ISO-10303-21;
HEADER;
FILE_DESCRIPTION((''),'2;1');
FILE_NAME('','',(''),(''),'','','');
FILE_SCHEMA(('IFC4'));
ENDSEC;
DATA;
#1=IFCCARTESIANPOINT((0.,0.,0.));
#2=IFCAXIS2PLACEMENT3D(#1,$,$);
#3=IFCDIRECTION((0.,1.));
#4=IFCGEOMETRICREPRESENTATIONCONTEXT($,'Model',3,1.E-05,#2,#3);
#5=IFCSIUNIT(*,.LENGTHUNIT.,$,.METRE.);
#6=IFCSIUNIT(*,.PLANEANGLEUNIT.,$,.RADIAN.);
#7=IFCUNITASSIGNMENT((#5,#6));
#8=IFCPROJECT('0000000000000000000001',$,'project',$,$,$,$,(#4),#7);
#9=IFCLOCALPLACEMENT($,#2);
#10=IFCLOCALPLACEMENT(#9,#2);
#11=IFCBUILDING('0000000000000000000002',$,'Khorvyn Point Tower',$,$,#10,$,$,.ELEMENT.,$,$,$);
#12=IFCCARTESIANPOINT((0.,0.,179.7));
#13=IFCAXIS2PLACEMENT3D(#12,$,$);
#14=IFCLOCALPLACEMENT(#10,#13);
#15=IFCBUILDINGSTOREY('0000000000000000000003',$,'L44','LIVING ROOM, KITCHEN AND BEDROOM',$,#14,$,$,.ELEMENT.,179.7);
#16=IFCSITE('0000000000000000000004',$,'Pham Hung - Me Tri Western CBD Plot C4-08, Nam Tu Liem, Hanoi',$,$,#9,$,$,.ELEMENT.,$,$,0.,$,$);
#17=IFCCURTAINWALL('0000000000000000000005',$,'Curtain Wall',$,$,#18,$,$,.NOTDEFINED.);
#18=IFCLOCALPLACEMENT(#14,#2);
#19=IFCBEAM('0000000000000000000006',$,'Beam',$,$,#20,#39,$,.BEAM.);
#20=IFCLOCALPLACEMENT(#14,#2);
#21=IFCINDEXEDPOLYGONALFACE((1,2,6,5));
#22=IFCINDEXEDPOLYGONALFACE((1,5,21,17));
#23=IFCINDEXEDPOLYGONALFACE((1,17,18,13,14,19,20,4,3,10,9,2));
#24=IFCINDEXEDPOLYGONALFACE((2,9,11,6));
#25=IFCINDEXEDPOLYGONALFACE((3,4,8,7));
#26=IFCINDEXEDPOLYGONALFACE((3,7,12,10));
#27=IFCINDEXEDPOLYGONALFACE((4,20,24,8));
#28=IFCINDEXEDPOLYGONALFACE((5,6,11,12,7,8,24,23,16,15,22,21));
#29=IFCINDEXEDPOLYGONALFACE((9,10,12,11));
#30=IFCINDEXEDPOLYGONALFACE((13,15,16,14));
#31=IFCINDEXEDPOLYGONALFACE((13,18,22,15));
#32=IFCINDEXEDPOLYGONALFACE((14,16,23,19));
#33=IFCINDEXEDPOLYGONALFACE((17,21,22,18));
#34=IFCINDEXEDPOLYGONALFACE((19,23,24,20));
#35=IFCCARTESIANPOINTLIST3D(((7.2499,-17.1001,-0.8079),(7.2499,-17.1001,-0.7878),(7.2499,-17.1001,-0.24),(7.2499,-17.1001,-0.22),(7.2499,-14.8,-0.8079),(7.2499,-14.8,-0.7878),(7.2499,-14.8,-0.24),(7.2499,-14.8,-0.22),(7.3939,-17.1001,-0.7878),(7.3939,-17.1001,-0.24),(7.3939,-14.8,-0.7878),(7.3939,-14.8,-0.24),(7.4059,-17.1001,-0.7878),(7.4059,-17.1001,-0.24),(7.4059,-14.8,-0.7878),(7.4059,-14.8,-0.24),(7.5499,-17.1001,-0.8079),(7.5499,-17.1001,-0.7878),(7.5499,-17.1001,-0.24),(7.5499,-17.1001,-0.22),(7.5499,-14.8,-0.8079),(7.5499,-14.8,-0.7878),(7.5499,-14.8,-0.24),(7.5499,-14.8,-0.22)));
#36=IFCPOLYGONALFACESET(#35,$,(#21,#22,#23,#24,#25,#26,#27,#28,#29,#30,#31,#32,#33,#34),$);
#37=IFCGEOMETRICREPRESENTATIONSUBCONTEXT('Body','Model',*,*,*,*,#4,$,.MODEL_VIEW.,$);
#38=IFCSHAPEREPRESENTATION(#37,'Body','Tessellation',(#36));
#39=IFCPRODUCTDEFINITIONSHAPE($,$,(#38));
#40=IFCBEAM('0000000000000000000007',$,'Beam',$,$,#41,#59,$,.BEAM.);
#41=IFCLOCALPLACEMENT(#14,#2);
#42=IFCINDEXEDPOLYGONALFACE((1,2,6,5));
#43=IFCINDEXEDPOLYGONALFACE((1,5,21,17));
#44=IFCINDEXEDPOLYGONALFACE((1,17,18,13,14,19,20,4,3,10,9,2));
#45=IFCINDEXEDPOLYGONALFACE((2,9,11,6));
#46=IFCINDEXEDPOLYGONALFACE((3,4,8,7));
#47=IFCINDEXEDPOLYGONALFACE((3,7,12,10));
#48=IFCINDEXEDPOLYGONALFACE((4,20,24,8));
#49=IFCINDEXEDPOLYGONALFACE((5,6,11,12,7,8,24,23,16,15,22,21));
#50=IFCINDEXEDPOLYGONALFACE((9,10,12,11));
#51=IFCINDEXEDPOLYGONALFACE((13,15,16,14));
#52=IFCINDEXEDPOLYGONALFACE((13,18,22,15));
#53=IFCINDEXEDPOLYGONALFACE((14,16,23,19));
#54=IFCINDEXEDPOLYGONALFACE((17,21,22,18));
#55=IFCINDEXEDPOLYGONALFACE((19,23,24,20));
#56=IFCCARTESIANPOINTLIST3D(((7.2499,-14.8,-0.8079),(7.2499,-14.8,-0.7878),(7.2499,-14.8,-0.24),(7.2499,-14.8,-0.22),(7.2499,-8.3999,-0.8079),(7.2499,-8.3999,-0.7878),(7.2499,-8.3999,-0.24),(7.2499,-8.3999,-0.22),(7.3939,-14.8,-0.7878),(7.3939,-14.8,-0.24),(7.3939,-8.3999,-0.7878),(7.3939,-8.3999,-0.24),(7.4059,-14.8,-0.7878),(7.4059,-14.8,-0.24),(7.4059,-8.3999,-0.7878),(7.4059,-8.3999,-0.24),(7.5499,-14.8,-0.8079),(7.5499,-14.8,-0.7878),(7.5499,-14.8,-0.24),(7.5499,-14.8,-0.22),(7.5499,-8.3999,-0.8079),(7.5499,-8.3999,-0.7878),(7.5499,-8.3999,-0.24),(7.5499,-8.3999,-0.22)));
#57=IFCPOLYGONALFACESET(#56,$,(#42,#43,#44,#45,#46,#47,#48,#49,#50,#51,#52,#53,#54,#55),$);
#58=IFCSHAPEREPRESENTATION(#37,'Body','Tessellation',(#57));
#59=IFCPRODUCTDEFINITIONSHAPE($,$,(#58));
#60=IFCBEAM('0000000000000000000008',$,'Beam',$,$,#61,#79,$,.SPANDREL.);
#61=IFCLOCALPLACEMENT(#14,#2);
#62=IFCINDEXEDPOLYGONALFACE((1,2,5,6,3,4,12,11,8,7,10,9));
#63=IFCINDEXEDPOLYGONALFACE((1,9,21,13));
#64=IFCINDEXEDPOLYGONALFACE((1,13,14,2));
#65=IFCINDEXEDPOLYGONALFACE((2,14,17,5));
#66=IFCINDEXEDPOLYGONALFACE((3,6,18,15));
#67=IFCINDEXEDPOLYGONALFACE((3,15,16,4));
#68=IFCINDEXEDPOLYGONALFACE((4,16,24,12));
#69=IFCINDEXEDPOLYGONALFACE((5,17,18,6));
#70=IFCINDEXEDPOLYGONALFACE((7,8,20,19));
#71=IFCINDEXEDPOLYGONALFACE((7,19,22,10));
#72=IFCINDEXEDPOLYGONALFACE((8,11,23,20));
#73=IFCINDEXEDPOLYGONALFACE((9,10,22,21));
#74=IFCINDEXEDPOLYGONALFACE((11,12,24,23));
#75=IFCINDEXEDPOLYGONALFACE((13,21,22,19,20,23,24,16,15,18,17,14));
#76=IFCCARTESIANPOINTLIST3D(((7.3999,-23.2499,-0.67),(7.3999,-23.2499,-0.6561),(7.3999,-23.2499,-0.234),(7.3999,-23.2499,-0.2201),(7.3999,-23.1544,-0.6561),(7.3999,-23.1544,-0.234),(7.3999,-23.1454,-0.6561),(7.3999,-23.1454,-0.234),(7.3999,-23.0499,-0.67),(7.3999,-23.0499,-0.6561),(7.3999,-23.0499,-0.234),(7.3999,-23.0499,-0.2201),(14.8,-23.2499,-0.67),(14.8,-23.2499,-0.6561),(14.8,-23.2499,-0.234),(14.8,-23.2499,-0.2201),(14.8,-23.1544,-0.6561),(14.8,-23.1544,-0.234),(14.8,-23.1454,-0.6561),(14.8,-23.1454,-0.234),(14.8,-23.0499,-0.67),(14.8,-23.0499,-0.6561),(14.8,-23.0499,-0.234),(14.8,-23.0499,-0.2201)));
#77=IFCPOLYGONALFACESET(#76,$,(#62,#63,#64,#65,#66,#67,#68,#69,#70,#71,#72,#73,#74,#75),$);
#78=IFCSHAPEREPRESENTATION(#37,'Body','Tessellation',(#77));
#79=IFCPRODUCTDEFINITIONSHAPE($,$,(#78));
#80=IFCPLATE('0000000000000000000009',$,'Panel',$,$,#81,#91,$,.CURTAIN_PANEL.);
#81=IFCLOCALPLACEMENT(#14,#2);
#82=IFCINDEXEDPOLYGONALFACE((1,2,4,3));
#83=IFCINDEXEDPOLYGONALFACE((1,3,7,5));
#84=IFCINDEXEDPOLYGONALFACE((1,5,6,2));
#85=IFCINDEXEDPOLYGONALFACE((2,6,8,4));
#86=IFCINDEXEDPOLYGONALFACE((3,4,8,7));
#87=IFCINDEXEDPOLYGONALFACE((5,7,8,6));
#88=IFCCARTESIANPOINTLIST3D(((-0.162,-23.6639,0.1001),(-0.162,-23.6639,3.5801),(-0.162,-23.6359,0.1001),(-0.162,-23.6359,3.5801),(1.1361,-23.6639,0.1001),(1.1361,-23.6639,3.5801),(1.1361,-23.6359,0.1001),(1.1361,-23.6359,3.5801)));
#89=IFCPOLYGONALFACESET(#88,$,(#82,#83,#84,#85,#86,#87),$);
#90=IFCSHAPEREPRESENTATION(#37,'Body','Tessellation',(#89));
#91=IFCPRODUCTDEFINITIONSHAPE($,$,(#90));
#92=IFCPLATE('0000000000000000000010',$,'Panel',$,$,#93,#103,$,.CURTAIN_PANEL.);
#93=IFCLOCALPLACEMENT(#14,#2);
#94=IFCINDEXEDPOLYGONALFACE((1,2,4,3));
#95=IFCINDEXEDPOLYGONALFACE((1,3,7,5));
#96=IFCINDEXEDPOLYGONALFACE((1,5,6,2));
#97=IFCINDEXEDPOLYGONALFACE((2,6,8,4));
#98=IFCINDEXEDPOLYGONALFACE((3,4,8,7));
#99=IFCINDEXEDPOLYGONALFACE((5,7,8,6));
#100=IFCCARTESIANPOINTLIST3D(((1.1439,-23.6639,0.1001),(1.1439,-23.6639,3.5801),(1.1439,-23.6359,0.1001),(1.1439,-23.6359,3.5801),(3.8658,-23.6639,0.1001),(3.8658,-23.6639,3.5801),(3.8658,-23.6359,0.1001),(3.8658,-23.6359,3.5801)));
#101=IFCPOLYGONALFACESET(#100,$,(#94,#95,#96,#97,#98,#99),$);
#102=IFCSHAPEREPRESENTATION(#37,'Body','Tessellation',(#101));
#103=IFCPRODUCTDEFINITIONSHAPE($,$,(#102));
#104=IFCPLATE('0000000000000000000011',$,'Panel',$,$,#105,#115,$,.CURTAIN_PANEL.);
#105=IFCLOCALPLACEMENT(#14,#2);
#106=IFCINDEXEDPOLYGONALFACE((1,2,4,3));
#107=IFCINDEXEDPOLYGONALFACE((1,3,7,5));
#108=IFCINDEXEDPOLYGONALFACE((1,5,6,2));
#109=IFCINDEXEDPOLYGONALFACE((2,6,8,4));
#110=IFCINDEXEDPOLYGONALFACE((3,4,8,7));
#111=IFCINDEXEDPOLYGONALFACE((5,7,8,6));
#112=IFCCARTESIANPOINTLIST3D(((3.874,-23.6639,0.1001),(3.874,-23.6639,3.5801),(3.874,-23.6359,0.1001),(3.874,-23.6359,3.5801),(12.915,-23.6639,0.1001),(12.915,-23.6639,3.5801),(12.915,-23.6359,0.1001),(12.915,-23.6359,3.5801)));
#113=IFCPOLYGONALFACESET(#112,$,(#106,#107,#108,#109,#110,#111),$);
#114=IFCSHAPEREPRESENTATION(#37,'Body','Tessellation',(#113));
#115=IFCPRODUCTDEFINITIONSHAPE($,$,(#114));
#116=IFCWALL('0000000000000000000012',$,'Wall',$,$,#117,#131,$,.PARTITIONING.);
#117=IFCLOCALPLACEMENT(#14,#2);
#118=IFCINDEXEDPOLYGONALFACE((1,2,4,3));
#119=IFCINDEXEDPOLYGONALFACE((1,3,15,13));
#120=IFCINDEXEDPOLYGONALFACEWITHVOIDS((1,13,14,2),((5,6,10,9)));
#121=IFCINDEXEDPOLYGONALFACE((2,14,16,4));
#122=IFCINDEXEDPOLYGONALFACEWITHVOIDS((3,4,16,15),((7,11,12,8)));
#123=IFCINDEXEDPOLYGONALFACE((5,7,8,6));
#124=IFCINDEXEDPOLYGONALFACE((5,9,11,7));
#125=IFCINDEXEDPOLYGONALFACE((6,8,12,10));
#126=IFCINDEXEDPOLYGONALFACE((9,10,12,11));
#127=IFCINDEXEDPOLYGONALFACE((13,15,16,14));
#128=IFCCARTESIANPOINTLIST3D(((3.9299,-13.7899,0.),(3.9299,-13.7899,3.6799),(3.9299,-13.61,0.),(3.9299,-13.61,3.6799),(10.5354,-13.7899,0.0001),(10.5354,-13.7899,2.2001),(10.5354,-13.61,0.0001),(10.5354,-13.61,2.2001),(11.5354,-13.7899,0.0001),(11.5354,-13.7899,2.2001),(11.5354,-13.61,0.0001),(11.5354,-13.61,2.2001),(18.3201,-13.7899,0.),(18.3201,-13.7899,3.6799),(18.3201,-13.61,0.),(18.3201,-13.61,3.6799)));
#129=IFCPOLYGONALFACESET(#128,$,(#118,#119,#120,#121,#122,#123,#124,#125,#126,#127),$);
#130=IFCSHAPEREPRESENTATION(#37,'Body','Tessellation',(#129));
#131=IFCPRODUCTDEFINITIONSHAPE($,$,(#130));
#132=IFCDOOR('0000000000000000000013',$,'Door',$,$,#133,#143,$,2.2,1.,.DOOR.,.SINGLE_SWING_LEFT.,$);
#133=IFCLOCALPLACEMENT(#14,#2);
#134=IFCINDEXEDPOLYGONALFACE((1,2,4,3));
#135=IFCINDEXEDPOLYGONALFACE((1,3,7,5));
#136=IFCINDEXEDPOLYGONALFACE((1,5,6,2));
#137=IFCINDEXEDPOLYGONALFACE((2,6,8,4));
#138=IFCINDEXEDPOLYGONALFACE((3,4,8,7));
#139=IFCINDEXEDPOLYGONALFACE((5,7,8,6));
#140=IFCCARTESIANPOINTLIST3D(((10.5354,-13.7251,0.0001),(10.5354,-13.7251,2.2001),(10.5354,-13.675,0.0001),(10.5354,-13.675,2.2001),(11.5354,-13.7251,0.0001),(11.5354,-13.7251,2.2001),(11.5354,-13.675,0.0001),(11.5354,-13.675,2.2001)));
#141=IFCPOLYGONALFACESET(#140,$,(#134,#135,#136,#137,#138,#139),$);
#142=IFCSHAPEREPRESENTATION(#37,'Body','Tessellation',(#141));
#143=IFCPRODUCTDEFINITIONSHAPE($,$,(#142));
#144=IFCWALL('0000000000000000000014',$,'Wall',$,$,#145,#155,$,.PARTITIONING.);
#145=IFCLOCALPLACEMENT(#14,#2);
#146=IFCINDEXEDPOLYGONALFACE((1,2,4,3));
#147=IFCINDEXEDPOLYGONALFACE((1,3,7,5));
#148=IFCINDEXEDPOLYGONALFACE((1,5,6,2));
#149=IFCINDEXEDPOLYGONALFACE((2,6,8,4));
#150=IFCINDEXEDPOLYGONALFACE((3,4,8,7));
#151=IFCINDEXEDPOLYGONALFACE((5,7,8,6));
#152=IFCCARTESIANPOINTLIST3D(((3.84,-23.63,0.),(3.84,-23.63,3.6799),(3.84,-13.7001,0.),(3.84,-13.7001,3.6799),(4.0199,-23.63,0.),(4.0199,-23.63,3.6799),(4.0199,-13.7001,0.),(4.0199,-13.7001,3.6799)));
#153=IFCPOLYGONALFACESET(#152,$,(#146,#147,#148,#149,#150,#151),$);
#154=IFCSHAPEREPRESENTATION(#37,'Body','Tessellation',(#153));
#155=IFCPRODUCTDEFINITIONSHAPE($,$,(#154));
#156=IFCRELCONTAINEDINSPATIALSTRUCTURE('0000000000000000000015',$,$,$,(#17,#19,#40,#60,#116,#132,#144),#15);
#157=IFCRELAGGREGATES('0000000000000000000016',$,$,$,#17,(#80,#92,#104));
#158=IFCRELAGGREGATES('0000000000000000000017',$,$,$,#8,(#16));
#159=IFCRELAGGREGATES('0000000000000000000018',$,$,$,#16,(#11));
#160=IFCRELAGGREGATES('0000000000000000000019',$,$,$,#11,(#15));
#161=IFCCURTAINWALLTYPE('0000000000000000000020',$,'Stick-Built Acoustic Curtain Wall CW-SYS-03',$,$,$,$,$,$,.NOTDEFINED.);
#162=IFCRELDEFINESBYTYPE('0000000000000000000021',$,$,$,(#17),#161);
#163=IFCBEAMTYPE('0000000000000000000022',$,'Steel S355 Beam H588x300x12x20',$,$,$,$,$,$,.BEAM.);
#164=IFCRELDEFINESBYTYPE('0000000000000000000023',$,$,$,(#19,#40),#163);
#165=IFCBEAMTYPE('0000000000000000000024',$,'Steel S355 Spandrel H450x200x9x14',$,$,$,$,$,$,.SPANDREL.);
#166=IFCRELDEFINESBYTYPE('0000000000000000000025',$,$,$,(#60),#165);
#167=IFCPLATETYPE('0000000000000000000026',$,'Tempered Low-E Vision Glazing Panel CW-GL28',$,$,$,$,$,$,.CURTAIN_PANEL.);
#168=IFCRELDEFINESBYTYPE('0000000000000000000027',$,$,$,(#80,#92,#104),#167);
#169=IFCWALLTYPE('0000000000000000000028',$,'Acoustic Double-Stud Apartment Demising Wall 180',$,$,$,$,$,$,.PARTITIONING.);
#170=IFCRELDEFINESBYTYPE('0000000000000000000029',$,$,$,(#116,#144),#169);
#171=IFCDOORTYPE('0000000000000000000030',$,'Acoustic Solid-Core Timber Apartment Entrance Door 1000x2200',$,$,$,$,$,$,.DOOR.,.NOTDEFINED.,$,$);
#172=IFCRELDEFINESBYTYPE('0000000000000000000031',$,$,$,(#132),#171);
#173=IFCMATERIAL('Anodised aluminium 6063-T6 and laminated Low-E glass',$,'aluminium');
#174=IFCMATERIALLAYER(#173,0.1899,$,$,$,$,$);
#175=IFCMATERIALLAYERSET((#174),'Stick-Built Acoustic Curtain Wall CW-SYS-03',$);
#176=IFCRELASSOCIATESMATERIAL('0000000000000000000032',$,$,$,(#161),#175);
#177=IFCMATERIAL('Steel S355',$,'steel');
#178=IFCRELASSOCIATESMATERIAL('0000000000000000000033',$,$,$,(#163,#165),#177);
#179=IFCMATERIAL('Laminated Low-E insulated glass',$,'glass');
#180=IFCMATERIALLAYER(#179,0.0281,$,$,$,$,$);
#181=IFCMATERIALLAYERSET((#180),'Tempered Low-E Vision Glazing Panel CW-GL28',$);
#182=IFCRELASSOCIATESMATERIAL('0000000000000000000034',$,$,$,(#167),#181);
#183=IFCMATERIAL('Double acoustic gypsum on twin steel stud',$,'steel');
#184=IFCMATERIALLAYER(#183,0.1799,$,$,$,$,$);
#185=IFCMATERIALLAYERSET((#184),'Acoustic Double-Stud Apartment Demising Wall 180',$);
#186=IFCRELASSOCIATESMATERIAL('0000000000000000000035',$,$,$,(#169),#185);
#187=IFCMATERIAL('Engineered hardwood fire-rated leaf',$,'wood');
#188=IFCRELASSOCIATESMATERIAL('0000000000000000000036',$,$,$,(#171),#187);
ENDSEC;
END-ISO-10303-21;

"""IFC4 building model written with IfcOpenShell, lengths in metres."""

from ifc_helpers import new_model, si_unit, direction, frame, frame_2d, origin, origin_2d, place, context, subcontext, project, spatial, rectangle, i_section, extrude, material, layer, layer_set, material_profile, profile_set, type_object, element, fill, aggregate, save


model = new_model("IFC4")

# Units and contexts
model_context = context("Model", 3, precision=1e-05, world=origin(), true_north=direction((0.0, 1.0)))
body_context = subcontext(model_context, "Body", "Model", "MODEL_VIEW")
ifc_project = project(units=[si_unit("LENGTHUNIT", "METRE"), si_unit("PLANEANGLEUNIT", "RADIAN")], contexts=[model_context])

# Site, building, storey
site_placement = place(None, origin())
site = spatial("IfcSite", under=ifc_project, at=site_placement, Name="Pham Hung - Me Tri Western CBD Plot C4-08, Nam Tu Liem, Hanoi", CompositionType="ELEMENT", RefElevation=0.0)
building_placement = place(site_placement, origin())
building = spatial("IfcBuilding", under=site, at=building_placement, Name="Khorvyn Point Tower", CompositionType="ELEMENT")
storey_placement = place(building_placement, frame((0.0, 0.0, 179.7)))
storey = spatial("IfcBuildingStorey", under=building, at=storey_placement, Name="L44", Description="LIVING ROOM, KITCHEN AND BEDROOM", CompositionType="ELEMENT", Elevation=179.7)

# Curtain wall
ifc_material_1 = material(Name="Anodised aluminium 6063-T6 and laminated Low-E glass", Category="aluminium")
ifc_layer_1 = layer(ifc_material_1, 0.1899)
ifc_layer_set_1 = layer_set([ifc_layer_1], Name="Stick-Built Acoustic Curtain Wall CW-SYS-03")
curtain_wall_type = type_object("IfcCurtainWallType", Name="Stick-Built Acoustic Curtain Wall CW-SYS-03", PredefinedType="NOTDEFINED", material=ifc_layer_set_1)
curtain_wall_1_placement = place(storey_placement, origin())
curtain_wall_1 = element("IfcCurtainWall", 1, at=curtain_wall_1_placement, inside=storey, type_object=curtain_wall_type, Name="Curtain Wall", PredefinedType="NOTDEFINED")

# Beams
ifc_material_2 = material(Name="Steel S355", Category="steel")
ifc_material_profile_1 = material_profile(ifc_material_2, i_section(OverallWidth=0.3, OverallDepth=0.5879, WebThickness=0.012, FlangeThickness=0.02, at=origin_2d()))
ifc_profile_set_1 = profile_set([ifc_material_profile_1], Name="Steel S355 H588x300x12x20")
beam_type_1 = type_object("IfcBeamType", Name="Steel S355 Beam H588x300x12x20", PredefinedType="BEAM", material=ifc_profile_set_1)
beam_1_placement = place(storey_placement, frame((7.3999, -17.1001, -0.5139), z_axis=(0.0, 1.0, 0.0), x_axis=(-1.0, 0.0, 0.0)))
element("IfcBeam", 2, at=beam_1_placement, inside=storey, type_object=beam_type_1, Name="Beam", PredefinedType="BEAM", context=body_context, shape_type="SweptSolid", body=[
    extrude(i_section(OverallWidth=0.3, OverallDepth=0.5879, WebThickness=0.012, FlangeThickness=0.02, at=origin_2d()), origin(), (0.0, 0.0, 1.0), 2.3),
])
beam_2_placement = place(storey_placement, frame((7.3999, -14.8, -0.5139), z_axis=(0.0, 1.0, 0.0), x_axis=(-1.0, 0.0, 0.0)))
element("IfcBeam", 3, at=beam_2_placement, inside=storey, type_object=beam_type_1, Name="Beam", PredefinedType="BEAM", context=body_context, shape_type="SweptSolid", body=[
    extrude(i_section(OverallWidth=0.3, OverallDepth=0.5879, WebThickness=0.012, FlangeThickness=0.02, at=origin_2d()), origin(), (0.0, 0.0, 1.0), 6.4001),
])
ifc_material_profile_2 = material_profile(ifc_material_2, i_section(OverallWidth=0.2, OverallDepth=0.45, WebThickness=0.009, FlangeThickness=0.0139, at=origin_2d()))
ifc_profile_set_2 = profile_set([ifc_material_profile_2], Name="Steel S355 H450x200x9x14")
beam_type_2 = type_object("IfcBeamType", Name="Steel S355 Spandrel H450x200x9x14", PredefinedType="SPANDREL", material=ifc_profile_set_2)
beam_3_placement = place(storey_placement, frame((7.3999, -23.1499, -0.4451), z_axis=(1.0, 0.0, 0.0), x_axis=(0.0, 1.0, 0.0)))
element("IfcBeam", 4, at=beam_3_placement, inside=storey, type_object=beam_type_2, Name="Beam", PredefinedType="SPANDREL", context=body_context, shape_type="SweptSolid", body=[
    extrude(i_section(OverallWidth=0.2, OverallDepth=0.45, WebThickness=0.009, FlangeThickness=0.0139, at=origin_2d()), origin(), (0.0, 0.0, 1.0), 7.4001),
])

# Plates
ifc_material_3 = material(Name="Laminated Low-E insulated glass", Category="glass")
ifc_layer_2 = layer(ifc_material_3, 0.0281)
ifc_layer_set_2 = layer_set([ifc_layer_2], Name="Tempered Low-E Vision Glazing Panel CW-GL28")
plate_type = type_object("IfcPlateType", Name="Tempered Low-E Vision Glazing Panel CW-GL28", PredefinedType="CURTAIN_PANEL", material=ifc_layer_set_2)
plate_1_placement = place(storey_placement, frame((0.4871, -23.6499, 0.1001), z_axis=(0.0, 0.0, 1.0), x_axis=(-1.0, 0.0, 0.0)))
plate_1 = element("IfcPlate", 5, at=plate_1_placement, type_object=plate_type, Name="Panel", PredefinedType="CURTAIN_PANEL", context=body_context, shape_type="SweptSolid", body=[
    extrude(rectangle(XDim=1.2981, YDim=0.0281, at=origin_2d()), origin(), (0.0, 0.0, 1.0), 3.48),
])
plate_2_placement = place(storey_placement, frame((2.5049, -23.6499, 0.1001), z_axis=(0.0, 0.0, 1.0), x_axis=(-1.0, 0.0, 0.0)))
plate_2 = element("IfcPlate", 6, at=plate_2_placement, type_object=plate_type, Name="Panel", PredefinedType="CURTAIN_PANEL", context=body_context, shape_type="SweptSolid", body=[
    extrude(rectangle(XDim=2.7219, YDim=0.0281, at=origin_2d()), origin(), (0.0, 0.0, 1.0), 3.48),
])
plate_3_placement = place(storey_placement, frame((8.3945, -23.6499, 0.1001), z_axis=(0.0, 0.0, 1.0), x_axis=(-1.0, 0.0, 0.0)))
plate_3 = element("IfcPlate", 7, at=plate_3_placement, type_object=plate_type, Name="Panel", PredefinedType="CURTAIN_PANEL", context=body_context, shape_type="SweptSolid", body=[
    extrude(rectangle(XDim=9.041, YDim=0.0281, at=origin_2d()), origin(), (0.0, 0.0, 1.0), 3.48),
])
aggregate(curtain_wall_1, [plate_1, plate_2, plate_3])

# Wall, opening, door
ifc_material_4 = material(Name="Double acoustic gypsum on twin steel stud", Category="steel")
ifc_layer_3 = layer(ifc_material_4, 0.1799)
ifc_layer_set_3 = layer_set([ifc_layer_3], Name="Acoustic Double-Stud Apartment Demising Wall 180")
wall_type_1 = type_object("IfcWallType", Name="Acoustic Double-Stud Apartment Demising Wall 180", PredefinedType="PARTITIONING", material=ifc_layer_set_3)
wall_1_placement = place(storey_placement, frame((3.9299, -13.7, 0.0), z_axis=(0.0, 0.0, 1.0), x_axis=(1.0, 0.0, 0.0)))
wall_1 = element("IfcWall", 8, at=wall_1_placement, inside=storey, type_object=wall_type_1, Name="Wall", PredefinedType="PARTITIONING", context=body_context, shape_type="SweptSolid", body=[
    extrude(rectangle(XDim=14.3901, YDim=0.1799, at=frame_2d((7.1951, 0.0))), origin(), (0.0, 0.0, 1.0), 3.6799),
])
opening_1_placement = place(wall_1_placement, frame((6.6055, 0.0, 0.0)))
opening_1 = element("IfcOpeningElement", 9, at=opening_1_placement, cuts=wall_1, PredefinedType="OPENING", context=body_context, shape_type="SweptSolid", body=[
    extrude(rectangle(XDim=1.0, YDim=2.2, at=frame_2d((0.5, 1.1001))), frame((0.0, 0.0999, 0.0), z_axis=(0.0, -1.0, 0.0), x_axis=(1.0, 0.0, 0.0)), (0.0, 0.0, 1.0), 0.2),
])
ifc_material_5 = material(Name="Engineered hardwood fire-rated leaf", Category="wood")
door_type_1 = type_object("IfcDoorType", Name="Acoustic Solid-Core Timber Apartment Entrance Door 1000x2200", OperationType="NOTDEFINED", PredefinedType="DOOR", material=ifc_material_5)
door_1_placement = place(opening_1_placement, origin())
door_1 = element("IfcDoor", 10, at=door_1_placement, inside=storey, type_object=door_type_1, Name="Door", OperationType="SINGLE_SWING_LEFT", OverallHeight=2.2, OverallWidth=1.0, PredefinedType="DOOR", context=body_context, shape_type="SweptSolid", body=[
    extrude(rectangle(XDim=1.0, YDim=2.2, at=frame_2d((0.5, 1.1001))), frame((0.0, 0.0249, 0.0), z_axis=(0.0, -1.0, 0.0), x_axis=(1.0, 0.0, 0.0)), (0.0, 0.0, 1.0), 0.05),
])
fill(opening_1, door_1)

# Wall
wall_2_placement = place(storey_placement, frame((3.9299, -23.6299, 0.0), z_axis=(0.0, 0.0, 1.0), x_axis=(0.0, 1.0, 0.0)))
element("IfcWall", 11, at=wall_2_placement, inside=storey, type_object=wall_type_1, Name="Wall", PredefinedType="PARTITIONING", context=body_context, shape_type="SweptSolid", body=[
    extrude(rectangle(XDim=9.9299, YDim=0.1799, at=frame_2d((4.9648, 0.0))), origin(), (0.0, 0.0, 1.0), 3.6799),
])

save(model, "model.ifc")
